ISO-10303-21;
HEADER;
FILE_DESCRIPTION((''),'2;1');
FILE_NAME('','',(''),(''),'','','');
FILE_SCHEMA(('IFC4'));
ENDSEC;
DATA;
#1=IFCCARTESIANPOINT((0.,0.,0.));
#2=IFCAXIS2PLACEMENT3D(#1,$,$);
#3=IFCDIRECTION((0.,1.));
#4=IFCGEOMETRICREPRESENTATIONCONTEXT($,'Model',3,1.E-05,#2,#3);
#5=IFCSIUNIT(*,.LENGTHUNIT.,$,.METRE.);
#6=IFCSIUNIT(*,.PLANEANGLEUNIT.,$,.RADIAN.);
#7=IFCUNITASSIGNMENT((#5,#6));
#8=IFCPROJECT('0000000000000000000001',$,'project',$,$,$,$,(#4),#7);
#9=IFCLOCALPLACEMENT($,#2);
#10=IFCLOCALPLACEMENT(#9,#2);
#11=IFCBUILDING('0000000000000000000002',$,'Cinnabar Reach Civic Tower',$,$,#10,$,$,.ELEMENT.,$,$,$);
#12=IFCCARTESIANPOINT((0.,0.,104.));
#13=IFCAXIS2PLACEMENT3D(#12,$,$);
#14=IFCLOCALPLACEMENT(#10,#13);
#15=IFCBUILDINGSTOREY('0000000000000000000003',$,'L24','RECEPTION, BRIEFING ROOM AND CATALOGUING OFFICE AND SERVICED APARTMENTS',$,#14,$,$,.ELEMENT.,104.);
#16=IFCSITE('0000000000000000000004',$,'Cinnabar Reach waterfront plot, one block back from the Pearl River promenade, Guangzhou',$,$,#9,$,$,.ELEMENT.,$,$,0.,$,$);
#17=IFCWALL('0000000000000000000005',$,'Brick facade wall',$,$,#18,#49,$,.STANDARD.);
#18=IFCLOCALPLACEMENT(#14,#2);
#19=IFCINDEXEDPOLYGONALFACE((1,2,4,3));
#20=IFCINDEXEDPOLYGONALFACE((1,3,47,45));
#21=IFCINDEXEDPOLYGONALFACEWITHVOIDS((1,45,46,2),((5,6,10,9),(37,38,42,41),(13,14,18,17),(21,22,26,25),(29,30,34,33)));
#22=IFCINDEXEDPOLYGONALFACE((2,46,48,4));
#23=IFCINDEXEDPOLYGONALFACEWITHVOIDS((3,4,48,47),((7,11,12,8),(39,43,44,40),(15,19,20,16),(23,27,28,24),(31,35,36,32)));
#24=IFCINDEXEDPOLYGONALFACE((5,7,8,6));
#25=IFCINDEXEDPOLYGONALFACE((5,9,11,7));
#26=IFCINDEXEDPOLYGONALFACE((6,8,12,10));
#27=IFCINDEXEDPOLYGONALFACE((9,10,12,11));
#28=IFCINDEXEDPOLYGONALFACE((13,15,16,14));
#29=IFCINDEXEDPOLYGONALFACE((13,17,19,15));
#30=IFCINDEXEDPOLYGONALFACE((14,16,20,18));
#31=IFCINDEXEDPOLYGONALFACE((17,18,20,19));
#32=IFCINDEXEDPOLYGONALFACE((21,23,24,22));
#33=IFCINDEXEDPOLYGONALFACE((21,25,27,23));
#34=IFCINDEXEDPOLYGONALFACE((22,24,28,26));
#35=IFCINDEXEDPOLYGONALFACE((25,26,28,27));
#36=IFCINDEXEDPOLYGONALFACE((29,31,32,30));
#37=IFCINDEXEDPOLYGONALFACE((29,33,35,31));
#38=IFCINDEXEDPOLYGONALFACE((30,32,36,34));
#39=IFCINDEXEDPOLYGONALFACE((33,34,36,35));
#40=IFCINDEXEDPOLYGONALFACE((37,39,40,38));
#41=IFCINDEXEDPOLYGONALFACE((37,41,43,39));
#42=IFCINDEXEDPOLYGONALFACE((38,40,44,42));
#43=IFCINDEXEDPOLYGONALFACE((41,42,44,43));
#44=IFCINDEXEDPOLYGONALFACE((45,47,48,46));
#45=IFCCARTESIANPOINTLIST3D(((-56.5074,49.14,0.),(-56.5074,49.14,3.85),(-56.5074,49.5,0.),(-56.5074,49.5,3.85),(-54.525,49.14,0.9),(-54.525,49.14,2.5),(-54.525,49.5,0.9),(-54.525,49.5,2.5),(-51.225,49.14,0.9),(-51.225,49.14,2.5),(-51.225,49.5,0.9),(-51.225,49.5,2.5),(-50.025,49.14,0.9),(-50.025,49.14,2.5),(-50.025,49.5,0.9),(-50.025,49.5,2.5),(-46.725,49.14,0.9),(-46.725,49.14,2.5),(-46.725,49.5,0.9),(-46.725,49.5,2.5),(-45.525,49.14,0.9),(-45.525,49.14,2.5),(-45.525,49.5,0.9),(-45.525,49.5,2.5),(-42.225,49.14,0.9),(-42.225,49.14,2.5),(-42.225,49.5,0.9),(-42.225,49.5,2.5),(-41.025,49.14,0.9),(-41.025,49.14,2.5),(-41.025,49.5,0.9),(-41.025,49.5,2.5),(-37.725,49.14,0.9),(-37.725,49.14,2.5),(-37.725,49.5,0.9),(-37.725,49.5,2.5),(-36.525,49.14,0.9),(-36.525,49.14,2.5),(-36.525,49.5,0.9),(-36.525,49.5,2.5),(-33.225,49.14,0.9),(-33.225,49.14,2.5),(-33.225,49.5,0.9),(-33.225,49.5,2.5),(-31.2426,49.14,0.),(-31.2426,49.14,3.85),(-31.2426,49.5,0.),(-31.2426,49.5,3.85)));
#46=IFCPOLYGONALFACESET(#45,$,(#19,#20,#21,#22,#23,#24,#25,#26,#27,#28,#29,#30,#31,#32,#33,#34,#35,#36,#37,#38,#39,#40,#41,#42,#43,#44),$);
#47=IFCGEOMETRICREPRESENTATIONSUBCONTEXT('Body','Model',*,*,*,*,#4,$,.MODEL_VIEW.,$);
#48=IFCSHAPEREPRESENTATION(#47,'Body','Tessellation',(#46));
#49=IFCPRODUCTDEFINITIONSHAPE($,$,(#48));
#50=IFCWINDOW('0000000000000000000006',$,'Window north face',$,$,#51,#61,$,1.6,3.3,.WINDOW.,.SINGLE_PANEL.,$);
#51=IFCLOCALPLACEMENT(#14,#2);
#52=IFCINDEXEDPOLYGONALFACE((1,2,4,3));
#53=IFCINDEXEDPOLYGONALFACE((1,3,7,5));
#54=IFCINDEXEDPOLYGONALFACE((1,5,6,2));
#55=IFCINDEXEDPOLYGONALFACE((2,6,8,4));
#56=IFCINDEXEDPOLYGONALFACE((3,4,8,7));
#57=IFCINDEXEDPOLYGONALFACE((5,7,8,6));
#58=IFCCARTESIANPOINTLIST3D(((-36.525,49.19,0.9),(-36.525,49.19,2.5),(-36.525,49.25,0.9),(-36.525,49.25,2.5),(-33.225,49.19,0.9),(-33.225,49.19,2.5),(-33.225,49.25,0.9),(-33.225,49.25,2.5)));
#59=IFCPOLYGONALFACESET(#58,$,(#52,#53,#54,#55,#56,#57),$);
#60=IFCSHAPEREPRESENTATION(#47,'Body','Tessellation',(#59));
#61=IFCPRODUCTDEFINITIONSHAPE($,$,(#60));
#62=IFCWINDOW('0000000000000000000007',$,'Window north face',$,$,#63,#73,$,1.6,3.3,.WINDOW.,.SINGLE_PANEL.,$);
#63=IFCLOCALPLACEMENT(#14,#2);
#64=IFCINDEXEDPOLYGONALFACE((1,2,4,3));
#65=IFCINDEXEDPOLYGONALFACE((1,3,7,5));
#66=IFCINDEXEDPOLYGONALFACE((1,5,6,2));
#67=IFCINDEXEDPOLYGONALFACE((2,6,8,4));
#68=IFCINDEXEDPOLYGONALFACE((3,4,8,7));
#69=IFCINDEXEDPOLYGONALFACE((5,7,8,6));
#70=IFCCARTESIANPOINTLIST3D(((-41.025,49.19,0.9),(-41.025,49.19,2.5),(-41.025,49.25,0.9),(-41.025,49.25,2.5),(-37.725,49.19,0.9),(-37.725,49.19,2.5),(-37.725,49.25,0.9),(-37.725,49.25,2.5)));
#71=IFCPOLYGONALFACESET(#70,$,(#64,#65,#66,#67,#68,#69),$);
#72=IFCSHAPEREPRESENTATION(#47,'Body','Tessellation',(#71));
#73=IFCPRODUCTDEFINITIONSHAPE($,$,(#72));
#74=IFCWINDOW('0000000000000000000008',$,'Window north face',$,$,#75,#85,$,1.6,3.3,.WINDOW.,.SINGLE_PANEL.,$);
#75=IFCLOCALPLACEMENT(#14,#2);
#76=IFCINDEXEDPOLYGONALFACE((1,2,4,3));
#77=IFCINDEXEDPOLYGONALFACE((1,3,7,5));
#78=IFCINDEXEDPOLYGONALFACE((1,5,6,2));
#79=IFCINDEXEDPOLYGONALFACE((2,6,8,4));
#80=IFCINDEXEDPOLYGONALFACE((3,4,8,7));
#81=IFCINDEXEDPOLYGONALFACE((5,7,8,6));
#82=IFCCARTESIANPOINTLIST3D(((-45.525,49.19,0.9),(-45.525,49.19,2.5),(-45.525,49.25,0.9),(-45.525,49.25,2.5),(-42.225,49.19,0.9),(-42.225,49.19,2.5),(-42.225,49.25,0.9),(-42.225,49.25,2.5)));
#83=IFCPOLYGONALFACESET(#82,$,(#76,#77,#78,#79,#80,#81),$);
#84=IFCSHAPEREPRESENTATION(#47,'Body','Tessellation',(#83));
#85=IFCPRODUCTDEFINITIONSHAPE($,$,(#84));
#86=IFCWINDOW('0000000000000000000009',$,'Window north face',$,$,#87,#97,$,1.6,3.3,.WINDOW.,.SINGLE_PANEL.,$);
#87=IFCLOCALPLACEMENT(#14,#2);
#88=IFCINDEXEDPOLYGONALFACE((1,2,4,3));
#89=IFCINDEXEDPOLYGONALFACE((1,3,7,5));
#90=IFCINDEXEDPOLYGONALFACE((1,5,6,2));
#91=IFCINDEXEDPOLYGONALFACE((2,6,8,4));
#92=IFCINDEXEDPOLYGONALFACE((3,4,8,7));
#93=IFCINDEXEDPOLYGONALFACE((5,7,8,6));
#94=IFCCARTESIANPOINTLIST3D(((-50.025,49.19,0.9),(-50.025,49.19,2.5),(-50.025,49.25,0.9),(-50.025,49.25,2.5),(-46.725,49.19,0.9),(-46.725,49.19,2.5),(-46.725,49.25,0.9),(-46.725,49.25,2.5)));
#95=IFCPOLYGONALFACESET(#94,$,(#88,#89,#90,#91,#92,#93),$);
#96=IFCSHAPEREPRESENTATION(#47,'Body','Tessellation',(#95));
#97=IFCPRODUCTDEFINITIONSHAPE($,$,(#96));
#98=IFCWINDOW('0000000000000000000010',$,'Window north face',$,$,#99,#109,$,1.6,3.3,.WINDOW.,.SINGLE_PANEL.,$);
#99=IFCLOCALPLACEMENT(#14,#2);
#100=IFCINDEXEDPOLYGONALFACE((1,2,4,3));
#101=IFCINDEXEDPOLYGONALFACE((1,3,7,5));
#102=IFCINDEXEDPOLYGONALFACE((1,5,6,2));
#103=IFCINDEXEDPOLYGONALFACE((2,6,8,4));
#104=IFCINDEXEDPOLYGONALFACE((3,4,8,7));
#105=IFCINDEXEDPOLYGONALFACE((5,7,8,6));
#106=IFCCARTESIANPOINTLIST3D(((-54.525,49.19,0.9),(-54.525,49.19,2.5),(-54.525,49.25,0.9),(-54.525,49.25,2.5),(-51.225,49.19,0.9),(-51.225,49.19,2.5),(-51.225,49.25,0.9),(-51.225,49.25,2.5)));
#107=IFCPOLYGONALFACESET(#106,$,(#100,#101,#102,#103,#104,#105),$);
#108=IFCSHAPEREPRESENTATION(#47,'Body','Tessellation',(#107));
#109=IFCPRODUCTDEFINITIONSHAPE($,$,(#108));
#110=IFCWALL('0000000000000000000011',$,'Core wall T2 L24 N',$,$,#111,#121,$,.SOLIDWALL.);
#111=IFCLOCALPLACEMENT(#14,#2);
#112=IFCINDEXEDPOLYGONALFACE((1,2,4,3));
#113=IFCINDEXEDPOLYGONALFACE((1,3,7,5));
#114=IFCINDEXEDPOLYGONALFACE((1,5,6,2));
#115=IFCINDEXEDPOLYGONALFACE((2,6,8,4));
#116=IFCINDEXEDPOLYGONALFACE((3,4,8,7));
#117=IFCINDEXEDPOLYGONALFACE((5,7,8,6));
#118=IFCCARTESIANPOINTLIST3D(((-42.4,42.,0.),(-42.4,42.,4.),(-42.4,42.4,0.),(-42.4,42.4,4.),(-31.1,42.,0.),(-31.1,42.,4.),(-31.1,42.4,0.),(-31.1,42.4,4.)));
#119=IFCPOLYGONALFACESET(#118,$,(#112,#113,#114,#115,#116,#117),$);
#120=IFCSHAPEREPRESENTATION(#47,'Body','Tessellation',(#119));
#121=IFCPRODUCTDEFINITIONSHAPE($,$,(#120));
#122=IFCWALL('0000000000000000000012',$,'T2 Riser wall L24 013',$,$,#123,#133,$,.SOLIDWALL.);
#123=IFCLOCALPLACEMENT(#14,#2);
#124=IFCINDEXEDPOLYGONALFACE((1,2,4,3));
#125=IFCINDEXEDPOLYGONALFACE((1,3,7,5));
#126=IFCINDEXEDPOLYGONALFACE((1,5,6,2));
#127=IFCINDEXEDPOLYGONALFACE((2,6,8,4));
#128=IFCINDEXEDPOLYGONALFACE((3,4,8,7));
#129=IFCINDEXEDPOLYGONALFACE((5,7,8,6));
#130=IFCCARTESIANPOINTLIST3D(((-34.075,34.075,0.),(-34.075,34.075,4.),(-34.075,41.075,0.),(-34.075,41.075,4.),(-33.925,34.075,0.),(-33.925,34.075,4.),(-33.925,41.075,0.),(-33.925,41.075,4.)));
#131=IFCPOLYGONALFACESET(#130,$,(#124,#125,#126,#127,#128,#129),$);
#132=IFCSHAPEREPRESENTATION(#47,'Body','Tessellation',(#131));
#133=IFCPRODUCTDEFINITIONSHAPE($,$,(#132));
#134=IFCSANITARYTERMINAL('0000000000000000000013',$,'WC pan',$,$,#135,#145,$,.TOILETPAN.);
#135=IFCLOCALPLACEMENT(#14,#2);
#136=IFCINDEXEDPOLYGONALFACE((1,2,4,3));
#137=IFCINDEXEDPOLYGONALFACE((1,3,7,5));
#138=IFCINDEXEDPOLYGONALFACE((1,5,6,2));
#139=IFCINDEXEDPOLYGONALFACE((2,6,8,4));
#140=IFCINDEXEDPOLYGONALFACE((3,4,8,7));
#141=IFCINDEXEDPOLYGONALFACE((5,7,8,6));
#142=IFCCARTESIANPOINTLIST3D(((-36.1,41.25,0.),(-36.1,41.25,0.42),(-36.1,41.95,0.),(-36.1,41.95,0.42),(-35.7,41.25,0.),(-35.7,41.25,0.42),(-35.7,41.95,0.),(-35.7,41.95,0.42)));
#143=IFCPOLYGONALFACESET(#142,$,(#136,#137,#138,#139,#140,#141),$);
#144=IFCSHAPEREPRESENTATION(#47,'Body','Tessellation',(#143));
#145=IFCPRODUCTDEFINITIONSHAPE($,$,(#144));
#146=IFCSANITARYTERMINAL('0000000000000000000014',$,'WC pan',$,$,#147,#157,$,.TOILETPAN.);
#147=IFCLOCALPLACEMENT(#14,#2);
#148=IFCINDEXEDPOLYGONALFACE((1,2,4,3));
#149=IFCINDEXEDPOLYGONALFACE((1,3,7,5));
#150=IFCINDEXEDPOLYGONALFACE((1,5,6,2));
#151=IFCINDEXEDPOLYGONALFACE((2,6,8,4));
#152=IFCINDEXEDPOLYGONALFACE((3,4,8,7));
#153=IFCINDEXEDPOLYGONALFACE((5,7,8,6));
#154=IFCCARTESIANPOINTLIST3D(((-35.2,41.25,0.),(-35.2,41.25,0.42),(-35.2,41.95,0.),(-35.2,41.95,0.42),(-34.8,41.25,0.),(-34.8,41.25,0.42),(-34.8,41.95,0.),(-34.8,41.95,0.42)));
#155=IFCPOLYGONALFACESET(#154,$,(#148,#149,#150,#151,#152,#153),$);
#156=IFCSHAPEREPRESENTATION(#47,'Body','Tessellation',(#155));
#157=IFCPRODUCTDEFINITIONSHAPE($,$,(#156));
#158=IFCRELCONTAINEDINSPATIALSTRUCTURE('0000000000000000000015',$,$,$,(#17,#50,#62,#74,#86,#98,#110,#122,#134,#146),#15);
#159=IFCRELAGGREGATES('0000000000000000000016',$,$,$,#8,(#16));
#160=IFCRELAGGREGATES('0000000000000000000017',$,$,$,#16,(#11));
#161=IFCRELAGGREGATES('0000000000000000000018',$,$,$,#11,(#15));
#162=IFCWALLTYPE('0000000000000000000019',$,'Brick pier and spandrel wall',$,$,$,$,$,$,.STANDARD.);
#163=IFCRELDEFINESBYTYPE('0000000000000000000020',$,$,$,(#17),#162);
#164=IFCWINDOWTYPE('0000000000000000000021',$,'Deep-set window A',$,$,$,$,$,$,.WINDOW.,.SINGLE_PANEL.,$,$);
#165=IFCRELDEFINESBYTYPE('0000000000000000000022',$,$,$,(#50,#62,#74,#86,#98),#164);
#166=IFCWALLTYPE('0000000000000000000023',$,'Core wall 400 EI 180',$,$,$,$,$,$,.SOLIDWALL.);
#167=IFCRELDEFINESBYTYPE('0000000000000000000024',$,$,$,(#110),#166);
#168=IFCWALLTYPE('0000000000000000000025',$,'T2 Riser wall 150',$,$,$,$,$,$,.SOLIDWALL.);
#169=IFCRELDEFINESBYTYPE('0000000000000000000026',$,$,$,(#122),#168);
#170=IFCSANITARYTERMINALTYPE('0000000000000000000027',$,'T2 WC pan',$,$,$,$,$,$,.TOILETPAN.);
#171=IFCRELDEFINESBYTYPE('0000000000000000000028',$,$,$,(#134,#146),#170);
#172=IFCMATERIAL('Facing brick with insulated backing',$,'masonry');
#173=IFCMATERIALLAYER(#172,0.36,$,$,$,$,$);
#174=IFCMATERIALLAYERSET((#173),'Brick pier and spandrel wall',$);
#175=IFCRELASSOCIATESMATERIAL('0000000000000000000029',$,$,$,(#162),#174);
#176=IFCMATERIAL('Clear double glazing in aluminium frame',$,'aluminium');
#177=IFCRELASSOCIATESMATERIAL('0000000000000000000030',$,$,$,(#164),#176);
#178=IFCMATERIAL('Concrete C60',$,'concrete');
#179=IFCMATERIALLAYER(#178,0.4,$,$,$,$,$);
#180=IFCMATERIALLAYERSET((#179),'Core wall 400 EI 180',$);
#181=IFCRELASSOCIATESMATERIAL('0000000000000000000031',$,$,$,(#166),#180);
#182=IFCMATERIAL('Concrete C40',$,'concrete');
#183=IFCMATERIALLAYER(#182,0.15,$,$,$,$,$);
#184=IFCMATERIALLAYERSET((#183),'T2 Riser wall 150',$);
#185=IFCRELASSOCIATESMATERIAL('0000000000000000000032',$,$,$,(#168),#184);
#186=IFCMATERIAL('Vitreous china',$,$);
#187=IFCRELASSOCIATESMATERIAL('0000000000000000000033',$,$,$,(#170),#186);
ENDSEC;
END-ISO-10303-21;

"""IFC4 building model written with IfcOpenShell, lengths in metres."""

from ifc_helpers import new_model, si_unit, direction, frame, frame_2d, origin, origin_2d, place, context, subcontext, project, spatial, rectangle, extrude, material, layer, layer_set, type_object, element, fill, save


model = new_model("IFC4")

# Units and contexts
model_context = context("Model", 3, precision=1e-05, world=origin(), true_north=direction((0.0, 1.0)))
body_context = subcontext(model_context, "Body", "Model", "MODEL_VIEW")
ifc_project = project(units=[si_unit("LENGTHUNIT", "METRE"), si_unit("PLANEANGLEUNIT", "RADIAN")], contexts=[model_context])

# Site, building, storey
site_placement = place(None, origin())
site = spatial("IfcSite", under=ifc_project, at=site_placement, Name="Cinnabar Reach waterfront plot, one block back from the Pearl River promenade, Guangzhou", CompositionType="ELEMENT", RefElevation=0.0)
building_placement = place(site_placement, origin())
building = spatial("IfcBuilding", under=site, at=building_placement, Name="Cinnabar Reach Civic Tower", CompositionType="ELEMENT")
storey_placement = place(building_placement, frame((0.0, 0.0, 104.0)))
storey = spatial("IfcBuildingStorey", under=building, at=storey_placement, Name="L24", Description="RECEPTION, BRIEFING ROOM AND CATALOGUING OFFICE AND SERVICED APARTMENTS", CompositionType="ELEMENT", Elevation=104.0)

# Shared definitions
ifc_material_1 = material(Name="Concrete C60", Category="concrete")

# Shared definitions
ifc_material_2 = material(Name="Facing brick with insulated backing", Category="masonry")

# Wall, openings, windows
ifc_layer_1 = layer(ifc_material_2, 0.36)
ifc_layer_set_1 = layer_set([ifc_layer_1], Name="Brick pier and spandrel wall")
wall_type_1 = type_object("IfcWallType", Name="Brick pier and spandrel wall", PredefinedType="STANDARD", material=ifc_layer_set_1)
wall_1_placement = place(storey_placement, frame((-31.2426, 49.32, 0.0), z_axis=(0.0, 0.0, 1.0), x_axis=(-1.0, 0.0, 0.0)))
wall_1 = element("IfcWall", 1, at=wall_1_placement, inside=storey, type_object=wall_type_1, Name="Brick facade wall", PredefinedType="STANDARD", context=body_context, shape_type="SweptSolid", body=[
    extrude(rectangle(XDim=25.2648, YDim=0.36, at=frame_2d((12.6324, 0.0))), origin(), (0.0, 0.0, 1.0), 3.85),
])
opening_1_placement = place(wall_1_placement, frame((1.9824, 0.0, 0.9)))
opening_1 = element("IfcOpeningElement", 2, at=opening_1_placement, cuts=wall_1, PredefinedType="OPENING", context=body_context, shape_type="SweptSolid", body=[
    extrude(rectangle(XDim=3.3, YDim=1.6, at=frame_2d((1.65, 0.8))), frame((0.0, 0.19, 0.0), z_axis=(0.0, -1.0, 0.0), x_axis=(1.0, 0.0, 0.0)), (0.0, 0.0, 1.0), 0.38),
])
opening_2_placement = place(wall_1_placement, frame((6.4824, 0.0, 0.9)))
opening_2 = element("IfcOpeningElement", 3, at=opening_2_placement, cuts=wall_1, PredefinedType="OPENING", context=body_context, shape_type="SweptSolid", body=[
    extrude(rectangle(XDim=3.3, YDim=1.6, at=frame_2d((1.65, 0.8))), frame((0.0, 0.19, 0.0), z_axis=(0.0, -1.0, 0.0), x_axis=(1.0, 0.0, 0.0)), (0.0, 0.0, 1.0), 0.38),
])
opening_3_placement = place(wall_1_placement, frame((10.9824, 0.0, 0.9)))
opening_3 = element("IfcOpeningElement", 4, at=opening_3_placement, cuts=wall_1, PredefinedType="OPENING", context=body_context, shape_type="SweptSolid", body=[
    extrude(rectangle(XDim=3.3, YDim=1.6, at=frame_2d((1.65, 0.8))), frame((0.0, 0.19, 0.0), z_axis=(0.0, -1.0, 0.0), x_axis=(1.0, 0.0, 0.0)), (0.0, 0.0, 1.0), 0.38),
])
opening_4_placement = place(wall_1_placement, frame((15.4824, 0.0, 0.9)))
opening_4 = element("IfcOpeningElement", 5, at=opening_4_placement, cuts=wall_1, PredefinedType="OPENING", context=body_context, shape_type="SweptSolid", body=[
    extrude(rectangle(XDim=3.3, YDim=1.6, at=frame_2d((1.65, 0.8))), frame((0.0, 0.19, 0.0), z_axis=(0.0, -1.0, 0.0), x_axis=(1.0, 0.0, 0.0)), (0.0, 0.0, 1.0), 0.38),
])
opening_5_placement = place(wall_1_placement, frame((19.9824, 0.0, 0.9)))
opening_5 = element("IfcOpeningElement", 6, at=opening_5_placement, cuts=wall_1, PredefinedType="OPENING", context=body_context, shape_type="SweptSolid", body=[
    extrude(rectangle(XDim=3.3, YDim=1.6, at=frame_2d((1.65, 0.8))), frame((0.0, 0.19, 0.0), z_axis=(0.0, -1.0, 0.0), x_axis=(1.0, 0.0, 0.0)), (0.0, 0.0, 1.0), 0.38),
])
ifc_material_3 = material(Name="Clear double glazing in aluminium frame", Category="aluminium")
window_type = type_object("IfcWindowType", Name="Deep-set window A", PartitioningType="SINGLE_PANEL", PredefinedType="WINDOW", material=ifc_material_3)
window_1_placement = place(opening_1_placement, origin())
window_1 = element("IfcWindow", 7, at=window_1_placement, inside=storey, type_object=window_type, Name="Window north face", OverallHeight=1.6, OverallWidth=3.3, PartitioningType="SINGLE_PANEL", PredefinedType="WINDOW", context=body_context, shape_type="SweptSolid", body=[
    extrude(rectangle(XDim=3.3, YDim=1.6, at=frame_2d((1.65, 0.8))), frame((0.0, 0.13, 0.0), z_axis=(0.0, -1.0, 0.0), x_axis=(1.0, 0.0, 0.0)), (0.0, 0.0, 1.0), 0.06),
])
fill(opening_1, window_1)
window_2_placement = place(opening_2_placement, origin())
window_2 = element("IfcWindow", 8, at=window_2_placement, inside=storey, type_object=window_type, Name="Window north face", OverallHeight=1.6, OverallWidth=3.3, PartitioningType="SINGLE_PANEL", PredefinedType="WINDOW", context=body_context, shape_type="SweptSolid", body=[
    extrude(rectangle(XDim=3.3, YDim=1.6, at=frame_2d((1.65, 0.8))), frame((0.0, 0.13, 0.0), z_axis=(0.0, -1.0, 0.0), x_axis=(1.0, 0.0, 0.0)), (0.0, 0.0, 1.0), 0.06),
])
fill(opening_2, window_2)
window_3_placement = place(opening_3_placement, origin())
window_3 = element("IfcWindow", 9, at=window_3_placement, inside=storey, type_object=window_type, Name="Window north face", OverallHeight=1.6, OverallWidth=3.3, PartitioningType="SINGLE_PANEL", PredefinedType="WINDOW", context=body_context, shape_type="SweptSolid", body=[
    extrude(rectangle(XDim=3.3, YDim=1.6, at=frame_2d((1.65, 0.8))), frame((0.0, 0.13, 0.0), z_axis=(0.0, -1.0, 0.0), x_axis=(1.0, 0.0, 0.0)), (0.0, 0.0, 1.0), 0.06),
])
fill(opening_3, window_3)
window_4_placement = place(opening_4_placement, origin())
window_4 = element("IfcWindow", 10, at=window_4_placement, inside=storey, type_object=window_type, Name="Window north face", OverallHeight=1.6, OverallWidth=3.3, PartitioningType="SINGLE_PANEL", PredefinedType="WINDOW", context=body_context, shape_type="SweptSolid", body=[
    extrude(rectangle(XDim=3.3, YDim=1.6, at=frame_2d((1.65, 0.8))), frame((0.0, 0.13, 0.0), z_axis=(0.0, -1.0, 0.0), x_axis=(1.0, 0.0, 0.0)), (0.0, 0.0, 1.0), 0.06),
])
fill(opening_4, window_4)
window_5_placement = place(opening_5_placement, origin())
window_5 = element("IfcWindow", 11, at=window_5_placement, inside=storey, type_object=window_type, Name="Window north face", OverallHeight=1.6, OverallWidth=3.3, PartitioningType="SINGLE_PANEL", PredefinedType="WINDOW", context=body_context, shape_type="SweptSolid", body=[
    extrude(rectangle(XDim=3.3, YDim=1.6, at=frame_2d((1.65, 0.8))), frame((0.0, 0.13, 0.0), z_axis=(0.0, -1.0, 0.0), x_axis=(1.0, 0.0, 0.0)), (0.0, 0.0, 1.0), 0.06),
])
fill(opening_5, window_5)

# Walls
ifc_layer_2 = layer(ifc_material_1, 0.4)
ifc_layer_set_2 = layer_set([ifc_layer_2], Name="Core wall 400 EI 180")
wall_type_2 = type_object("IfcWallType", Name="Core wall 400 EI 180", PredefinedType="SOLIDWALL", material=ifc_layer_set_2)
wall_2_placement = place(storey_placement, frame((-31.1, 42.2, 0.0), z_axis=(0.0, 0.0, 1.0), x_axis=(-1.0, 0.0, 0.0)))
element("IfcWall", 12, at=wall_2_placement, inside=storey, type_object=wall_type_2, Name="Core wall T2 L24 N", PredefinedType="SOLIDWALL", context=body_context, shape_type="SweptSolid", body=[
    extrude(rectangle(XDim=11.3, YDim=0.4, at=frame_2d((5.65, 0.0))), origin(), (0.0, 0.0, 1.0), 4.0),
])
ifc_material_4 = material(Name="Concrete C40", Category="concrete")
ifc_layer_3 = layer(ifc_material_4, 0.15)
ifc_layer_set_3 = layer_set([ifc_layer_3], Name="T2 Riser wall 150")
wall_type_3 = type_object("IfcWallType", Name="T2 Riser wall 150", PredefinedType="SOLIDWALL", material=ifc_layer_set_3)
wall_3_placement = place(storey_placement, frame((-34.0, 41.075, 0.0), z_axis=(0.0, 0.0, 1.0), x_axis=(0.0, -1.0, 0.0)))
element("IfcWall", 13, at=wall_3_placement, inside=storey, type_object=wall_type_3, Name="T2 Riser wall L24 013", PredefinedType="SOLIDWALL", context=body_context, shape_type="SweptSolid", body=[
    extrude(rectangle(XDim=7.0, YDim=0.15, at=frame_2d((3.5, 0.0))), origin(), (0.0, 0.0, 1.0), 4.0),
])

# Sanitary terminals
ifc_material_5 = material(Name="Vitreous china")
sanitary_terminal_type = type_object("IfcSanitaryTerminalType", Name="T2 WC pan", PredefinedType="TOILETPAN", material=ifc_material_5)
for number, where, z_axis, x_axis, name in (
    (14, (-35.9, 41.6, 0.0), (0.0, 0.0, 1.0), (1.0, 0.0, 0.0), "WC pan"),
    (15, (-35.0, 41.6, 0.0), (0.0, 0.0, 1.0), (1.0, 0.0, 0.0), "WC pan"),
):
    element("IfcSanitaryTerminal", number, at=place(storey_placement, frame(where, z_axis=z_axis, x_axis=x_axis)), inside=storey, type_object=sanitary_terminal_type, Name=name, PredefinedType="TOILETPAN", context=body_context, shape_type="SweptSolid", body=[
        extrude(rectangle(XDim=0.4, YDim=0.7, at=origin_2d()), origin(), (0.0, 0.0, 1.0), 0.42),
    ])

save(model, "model.ifc")
